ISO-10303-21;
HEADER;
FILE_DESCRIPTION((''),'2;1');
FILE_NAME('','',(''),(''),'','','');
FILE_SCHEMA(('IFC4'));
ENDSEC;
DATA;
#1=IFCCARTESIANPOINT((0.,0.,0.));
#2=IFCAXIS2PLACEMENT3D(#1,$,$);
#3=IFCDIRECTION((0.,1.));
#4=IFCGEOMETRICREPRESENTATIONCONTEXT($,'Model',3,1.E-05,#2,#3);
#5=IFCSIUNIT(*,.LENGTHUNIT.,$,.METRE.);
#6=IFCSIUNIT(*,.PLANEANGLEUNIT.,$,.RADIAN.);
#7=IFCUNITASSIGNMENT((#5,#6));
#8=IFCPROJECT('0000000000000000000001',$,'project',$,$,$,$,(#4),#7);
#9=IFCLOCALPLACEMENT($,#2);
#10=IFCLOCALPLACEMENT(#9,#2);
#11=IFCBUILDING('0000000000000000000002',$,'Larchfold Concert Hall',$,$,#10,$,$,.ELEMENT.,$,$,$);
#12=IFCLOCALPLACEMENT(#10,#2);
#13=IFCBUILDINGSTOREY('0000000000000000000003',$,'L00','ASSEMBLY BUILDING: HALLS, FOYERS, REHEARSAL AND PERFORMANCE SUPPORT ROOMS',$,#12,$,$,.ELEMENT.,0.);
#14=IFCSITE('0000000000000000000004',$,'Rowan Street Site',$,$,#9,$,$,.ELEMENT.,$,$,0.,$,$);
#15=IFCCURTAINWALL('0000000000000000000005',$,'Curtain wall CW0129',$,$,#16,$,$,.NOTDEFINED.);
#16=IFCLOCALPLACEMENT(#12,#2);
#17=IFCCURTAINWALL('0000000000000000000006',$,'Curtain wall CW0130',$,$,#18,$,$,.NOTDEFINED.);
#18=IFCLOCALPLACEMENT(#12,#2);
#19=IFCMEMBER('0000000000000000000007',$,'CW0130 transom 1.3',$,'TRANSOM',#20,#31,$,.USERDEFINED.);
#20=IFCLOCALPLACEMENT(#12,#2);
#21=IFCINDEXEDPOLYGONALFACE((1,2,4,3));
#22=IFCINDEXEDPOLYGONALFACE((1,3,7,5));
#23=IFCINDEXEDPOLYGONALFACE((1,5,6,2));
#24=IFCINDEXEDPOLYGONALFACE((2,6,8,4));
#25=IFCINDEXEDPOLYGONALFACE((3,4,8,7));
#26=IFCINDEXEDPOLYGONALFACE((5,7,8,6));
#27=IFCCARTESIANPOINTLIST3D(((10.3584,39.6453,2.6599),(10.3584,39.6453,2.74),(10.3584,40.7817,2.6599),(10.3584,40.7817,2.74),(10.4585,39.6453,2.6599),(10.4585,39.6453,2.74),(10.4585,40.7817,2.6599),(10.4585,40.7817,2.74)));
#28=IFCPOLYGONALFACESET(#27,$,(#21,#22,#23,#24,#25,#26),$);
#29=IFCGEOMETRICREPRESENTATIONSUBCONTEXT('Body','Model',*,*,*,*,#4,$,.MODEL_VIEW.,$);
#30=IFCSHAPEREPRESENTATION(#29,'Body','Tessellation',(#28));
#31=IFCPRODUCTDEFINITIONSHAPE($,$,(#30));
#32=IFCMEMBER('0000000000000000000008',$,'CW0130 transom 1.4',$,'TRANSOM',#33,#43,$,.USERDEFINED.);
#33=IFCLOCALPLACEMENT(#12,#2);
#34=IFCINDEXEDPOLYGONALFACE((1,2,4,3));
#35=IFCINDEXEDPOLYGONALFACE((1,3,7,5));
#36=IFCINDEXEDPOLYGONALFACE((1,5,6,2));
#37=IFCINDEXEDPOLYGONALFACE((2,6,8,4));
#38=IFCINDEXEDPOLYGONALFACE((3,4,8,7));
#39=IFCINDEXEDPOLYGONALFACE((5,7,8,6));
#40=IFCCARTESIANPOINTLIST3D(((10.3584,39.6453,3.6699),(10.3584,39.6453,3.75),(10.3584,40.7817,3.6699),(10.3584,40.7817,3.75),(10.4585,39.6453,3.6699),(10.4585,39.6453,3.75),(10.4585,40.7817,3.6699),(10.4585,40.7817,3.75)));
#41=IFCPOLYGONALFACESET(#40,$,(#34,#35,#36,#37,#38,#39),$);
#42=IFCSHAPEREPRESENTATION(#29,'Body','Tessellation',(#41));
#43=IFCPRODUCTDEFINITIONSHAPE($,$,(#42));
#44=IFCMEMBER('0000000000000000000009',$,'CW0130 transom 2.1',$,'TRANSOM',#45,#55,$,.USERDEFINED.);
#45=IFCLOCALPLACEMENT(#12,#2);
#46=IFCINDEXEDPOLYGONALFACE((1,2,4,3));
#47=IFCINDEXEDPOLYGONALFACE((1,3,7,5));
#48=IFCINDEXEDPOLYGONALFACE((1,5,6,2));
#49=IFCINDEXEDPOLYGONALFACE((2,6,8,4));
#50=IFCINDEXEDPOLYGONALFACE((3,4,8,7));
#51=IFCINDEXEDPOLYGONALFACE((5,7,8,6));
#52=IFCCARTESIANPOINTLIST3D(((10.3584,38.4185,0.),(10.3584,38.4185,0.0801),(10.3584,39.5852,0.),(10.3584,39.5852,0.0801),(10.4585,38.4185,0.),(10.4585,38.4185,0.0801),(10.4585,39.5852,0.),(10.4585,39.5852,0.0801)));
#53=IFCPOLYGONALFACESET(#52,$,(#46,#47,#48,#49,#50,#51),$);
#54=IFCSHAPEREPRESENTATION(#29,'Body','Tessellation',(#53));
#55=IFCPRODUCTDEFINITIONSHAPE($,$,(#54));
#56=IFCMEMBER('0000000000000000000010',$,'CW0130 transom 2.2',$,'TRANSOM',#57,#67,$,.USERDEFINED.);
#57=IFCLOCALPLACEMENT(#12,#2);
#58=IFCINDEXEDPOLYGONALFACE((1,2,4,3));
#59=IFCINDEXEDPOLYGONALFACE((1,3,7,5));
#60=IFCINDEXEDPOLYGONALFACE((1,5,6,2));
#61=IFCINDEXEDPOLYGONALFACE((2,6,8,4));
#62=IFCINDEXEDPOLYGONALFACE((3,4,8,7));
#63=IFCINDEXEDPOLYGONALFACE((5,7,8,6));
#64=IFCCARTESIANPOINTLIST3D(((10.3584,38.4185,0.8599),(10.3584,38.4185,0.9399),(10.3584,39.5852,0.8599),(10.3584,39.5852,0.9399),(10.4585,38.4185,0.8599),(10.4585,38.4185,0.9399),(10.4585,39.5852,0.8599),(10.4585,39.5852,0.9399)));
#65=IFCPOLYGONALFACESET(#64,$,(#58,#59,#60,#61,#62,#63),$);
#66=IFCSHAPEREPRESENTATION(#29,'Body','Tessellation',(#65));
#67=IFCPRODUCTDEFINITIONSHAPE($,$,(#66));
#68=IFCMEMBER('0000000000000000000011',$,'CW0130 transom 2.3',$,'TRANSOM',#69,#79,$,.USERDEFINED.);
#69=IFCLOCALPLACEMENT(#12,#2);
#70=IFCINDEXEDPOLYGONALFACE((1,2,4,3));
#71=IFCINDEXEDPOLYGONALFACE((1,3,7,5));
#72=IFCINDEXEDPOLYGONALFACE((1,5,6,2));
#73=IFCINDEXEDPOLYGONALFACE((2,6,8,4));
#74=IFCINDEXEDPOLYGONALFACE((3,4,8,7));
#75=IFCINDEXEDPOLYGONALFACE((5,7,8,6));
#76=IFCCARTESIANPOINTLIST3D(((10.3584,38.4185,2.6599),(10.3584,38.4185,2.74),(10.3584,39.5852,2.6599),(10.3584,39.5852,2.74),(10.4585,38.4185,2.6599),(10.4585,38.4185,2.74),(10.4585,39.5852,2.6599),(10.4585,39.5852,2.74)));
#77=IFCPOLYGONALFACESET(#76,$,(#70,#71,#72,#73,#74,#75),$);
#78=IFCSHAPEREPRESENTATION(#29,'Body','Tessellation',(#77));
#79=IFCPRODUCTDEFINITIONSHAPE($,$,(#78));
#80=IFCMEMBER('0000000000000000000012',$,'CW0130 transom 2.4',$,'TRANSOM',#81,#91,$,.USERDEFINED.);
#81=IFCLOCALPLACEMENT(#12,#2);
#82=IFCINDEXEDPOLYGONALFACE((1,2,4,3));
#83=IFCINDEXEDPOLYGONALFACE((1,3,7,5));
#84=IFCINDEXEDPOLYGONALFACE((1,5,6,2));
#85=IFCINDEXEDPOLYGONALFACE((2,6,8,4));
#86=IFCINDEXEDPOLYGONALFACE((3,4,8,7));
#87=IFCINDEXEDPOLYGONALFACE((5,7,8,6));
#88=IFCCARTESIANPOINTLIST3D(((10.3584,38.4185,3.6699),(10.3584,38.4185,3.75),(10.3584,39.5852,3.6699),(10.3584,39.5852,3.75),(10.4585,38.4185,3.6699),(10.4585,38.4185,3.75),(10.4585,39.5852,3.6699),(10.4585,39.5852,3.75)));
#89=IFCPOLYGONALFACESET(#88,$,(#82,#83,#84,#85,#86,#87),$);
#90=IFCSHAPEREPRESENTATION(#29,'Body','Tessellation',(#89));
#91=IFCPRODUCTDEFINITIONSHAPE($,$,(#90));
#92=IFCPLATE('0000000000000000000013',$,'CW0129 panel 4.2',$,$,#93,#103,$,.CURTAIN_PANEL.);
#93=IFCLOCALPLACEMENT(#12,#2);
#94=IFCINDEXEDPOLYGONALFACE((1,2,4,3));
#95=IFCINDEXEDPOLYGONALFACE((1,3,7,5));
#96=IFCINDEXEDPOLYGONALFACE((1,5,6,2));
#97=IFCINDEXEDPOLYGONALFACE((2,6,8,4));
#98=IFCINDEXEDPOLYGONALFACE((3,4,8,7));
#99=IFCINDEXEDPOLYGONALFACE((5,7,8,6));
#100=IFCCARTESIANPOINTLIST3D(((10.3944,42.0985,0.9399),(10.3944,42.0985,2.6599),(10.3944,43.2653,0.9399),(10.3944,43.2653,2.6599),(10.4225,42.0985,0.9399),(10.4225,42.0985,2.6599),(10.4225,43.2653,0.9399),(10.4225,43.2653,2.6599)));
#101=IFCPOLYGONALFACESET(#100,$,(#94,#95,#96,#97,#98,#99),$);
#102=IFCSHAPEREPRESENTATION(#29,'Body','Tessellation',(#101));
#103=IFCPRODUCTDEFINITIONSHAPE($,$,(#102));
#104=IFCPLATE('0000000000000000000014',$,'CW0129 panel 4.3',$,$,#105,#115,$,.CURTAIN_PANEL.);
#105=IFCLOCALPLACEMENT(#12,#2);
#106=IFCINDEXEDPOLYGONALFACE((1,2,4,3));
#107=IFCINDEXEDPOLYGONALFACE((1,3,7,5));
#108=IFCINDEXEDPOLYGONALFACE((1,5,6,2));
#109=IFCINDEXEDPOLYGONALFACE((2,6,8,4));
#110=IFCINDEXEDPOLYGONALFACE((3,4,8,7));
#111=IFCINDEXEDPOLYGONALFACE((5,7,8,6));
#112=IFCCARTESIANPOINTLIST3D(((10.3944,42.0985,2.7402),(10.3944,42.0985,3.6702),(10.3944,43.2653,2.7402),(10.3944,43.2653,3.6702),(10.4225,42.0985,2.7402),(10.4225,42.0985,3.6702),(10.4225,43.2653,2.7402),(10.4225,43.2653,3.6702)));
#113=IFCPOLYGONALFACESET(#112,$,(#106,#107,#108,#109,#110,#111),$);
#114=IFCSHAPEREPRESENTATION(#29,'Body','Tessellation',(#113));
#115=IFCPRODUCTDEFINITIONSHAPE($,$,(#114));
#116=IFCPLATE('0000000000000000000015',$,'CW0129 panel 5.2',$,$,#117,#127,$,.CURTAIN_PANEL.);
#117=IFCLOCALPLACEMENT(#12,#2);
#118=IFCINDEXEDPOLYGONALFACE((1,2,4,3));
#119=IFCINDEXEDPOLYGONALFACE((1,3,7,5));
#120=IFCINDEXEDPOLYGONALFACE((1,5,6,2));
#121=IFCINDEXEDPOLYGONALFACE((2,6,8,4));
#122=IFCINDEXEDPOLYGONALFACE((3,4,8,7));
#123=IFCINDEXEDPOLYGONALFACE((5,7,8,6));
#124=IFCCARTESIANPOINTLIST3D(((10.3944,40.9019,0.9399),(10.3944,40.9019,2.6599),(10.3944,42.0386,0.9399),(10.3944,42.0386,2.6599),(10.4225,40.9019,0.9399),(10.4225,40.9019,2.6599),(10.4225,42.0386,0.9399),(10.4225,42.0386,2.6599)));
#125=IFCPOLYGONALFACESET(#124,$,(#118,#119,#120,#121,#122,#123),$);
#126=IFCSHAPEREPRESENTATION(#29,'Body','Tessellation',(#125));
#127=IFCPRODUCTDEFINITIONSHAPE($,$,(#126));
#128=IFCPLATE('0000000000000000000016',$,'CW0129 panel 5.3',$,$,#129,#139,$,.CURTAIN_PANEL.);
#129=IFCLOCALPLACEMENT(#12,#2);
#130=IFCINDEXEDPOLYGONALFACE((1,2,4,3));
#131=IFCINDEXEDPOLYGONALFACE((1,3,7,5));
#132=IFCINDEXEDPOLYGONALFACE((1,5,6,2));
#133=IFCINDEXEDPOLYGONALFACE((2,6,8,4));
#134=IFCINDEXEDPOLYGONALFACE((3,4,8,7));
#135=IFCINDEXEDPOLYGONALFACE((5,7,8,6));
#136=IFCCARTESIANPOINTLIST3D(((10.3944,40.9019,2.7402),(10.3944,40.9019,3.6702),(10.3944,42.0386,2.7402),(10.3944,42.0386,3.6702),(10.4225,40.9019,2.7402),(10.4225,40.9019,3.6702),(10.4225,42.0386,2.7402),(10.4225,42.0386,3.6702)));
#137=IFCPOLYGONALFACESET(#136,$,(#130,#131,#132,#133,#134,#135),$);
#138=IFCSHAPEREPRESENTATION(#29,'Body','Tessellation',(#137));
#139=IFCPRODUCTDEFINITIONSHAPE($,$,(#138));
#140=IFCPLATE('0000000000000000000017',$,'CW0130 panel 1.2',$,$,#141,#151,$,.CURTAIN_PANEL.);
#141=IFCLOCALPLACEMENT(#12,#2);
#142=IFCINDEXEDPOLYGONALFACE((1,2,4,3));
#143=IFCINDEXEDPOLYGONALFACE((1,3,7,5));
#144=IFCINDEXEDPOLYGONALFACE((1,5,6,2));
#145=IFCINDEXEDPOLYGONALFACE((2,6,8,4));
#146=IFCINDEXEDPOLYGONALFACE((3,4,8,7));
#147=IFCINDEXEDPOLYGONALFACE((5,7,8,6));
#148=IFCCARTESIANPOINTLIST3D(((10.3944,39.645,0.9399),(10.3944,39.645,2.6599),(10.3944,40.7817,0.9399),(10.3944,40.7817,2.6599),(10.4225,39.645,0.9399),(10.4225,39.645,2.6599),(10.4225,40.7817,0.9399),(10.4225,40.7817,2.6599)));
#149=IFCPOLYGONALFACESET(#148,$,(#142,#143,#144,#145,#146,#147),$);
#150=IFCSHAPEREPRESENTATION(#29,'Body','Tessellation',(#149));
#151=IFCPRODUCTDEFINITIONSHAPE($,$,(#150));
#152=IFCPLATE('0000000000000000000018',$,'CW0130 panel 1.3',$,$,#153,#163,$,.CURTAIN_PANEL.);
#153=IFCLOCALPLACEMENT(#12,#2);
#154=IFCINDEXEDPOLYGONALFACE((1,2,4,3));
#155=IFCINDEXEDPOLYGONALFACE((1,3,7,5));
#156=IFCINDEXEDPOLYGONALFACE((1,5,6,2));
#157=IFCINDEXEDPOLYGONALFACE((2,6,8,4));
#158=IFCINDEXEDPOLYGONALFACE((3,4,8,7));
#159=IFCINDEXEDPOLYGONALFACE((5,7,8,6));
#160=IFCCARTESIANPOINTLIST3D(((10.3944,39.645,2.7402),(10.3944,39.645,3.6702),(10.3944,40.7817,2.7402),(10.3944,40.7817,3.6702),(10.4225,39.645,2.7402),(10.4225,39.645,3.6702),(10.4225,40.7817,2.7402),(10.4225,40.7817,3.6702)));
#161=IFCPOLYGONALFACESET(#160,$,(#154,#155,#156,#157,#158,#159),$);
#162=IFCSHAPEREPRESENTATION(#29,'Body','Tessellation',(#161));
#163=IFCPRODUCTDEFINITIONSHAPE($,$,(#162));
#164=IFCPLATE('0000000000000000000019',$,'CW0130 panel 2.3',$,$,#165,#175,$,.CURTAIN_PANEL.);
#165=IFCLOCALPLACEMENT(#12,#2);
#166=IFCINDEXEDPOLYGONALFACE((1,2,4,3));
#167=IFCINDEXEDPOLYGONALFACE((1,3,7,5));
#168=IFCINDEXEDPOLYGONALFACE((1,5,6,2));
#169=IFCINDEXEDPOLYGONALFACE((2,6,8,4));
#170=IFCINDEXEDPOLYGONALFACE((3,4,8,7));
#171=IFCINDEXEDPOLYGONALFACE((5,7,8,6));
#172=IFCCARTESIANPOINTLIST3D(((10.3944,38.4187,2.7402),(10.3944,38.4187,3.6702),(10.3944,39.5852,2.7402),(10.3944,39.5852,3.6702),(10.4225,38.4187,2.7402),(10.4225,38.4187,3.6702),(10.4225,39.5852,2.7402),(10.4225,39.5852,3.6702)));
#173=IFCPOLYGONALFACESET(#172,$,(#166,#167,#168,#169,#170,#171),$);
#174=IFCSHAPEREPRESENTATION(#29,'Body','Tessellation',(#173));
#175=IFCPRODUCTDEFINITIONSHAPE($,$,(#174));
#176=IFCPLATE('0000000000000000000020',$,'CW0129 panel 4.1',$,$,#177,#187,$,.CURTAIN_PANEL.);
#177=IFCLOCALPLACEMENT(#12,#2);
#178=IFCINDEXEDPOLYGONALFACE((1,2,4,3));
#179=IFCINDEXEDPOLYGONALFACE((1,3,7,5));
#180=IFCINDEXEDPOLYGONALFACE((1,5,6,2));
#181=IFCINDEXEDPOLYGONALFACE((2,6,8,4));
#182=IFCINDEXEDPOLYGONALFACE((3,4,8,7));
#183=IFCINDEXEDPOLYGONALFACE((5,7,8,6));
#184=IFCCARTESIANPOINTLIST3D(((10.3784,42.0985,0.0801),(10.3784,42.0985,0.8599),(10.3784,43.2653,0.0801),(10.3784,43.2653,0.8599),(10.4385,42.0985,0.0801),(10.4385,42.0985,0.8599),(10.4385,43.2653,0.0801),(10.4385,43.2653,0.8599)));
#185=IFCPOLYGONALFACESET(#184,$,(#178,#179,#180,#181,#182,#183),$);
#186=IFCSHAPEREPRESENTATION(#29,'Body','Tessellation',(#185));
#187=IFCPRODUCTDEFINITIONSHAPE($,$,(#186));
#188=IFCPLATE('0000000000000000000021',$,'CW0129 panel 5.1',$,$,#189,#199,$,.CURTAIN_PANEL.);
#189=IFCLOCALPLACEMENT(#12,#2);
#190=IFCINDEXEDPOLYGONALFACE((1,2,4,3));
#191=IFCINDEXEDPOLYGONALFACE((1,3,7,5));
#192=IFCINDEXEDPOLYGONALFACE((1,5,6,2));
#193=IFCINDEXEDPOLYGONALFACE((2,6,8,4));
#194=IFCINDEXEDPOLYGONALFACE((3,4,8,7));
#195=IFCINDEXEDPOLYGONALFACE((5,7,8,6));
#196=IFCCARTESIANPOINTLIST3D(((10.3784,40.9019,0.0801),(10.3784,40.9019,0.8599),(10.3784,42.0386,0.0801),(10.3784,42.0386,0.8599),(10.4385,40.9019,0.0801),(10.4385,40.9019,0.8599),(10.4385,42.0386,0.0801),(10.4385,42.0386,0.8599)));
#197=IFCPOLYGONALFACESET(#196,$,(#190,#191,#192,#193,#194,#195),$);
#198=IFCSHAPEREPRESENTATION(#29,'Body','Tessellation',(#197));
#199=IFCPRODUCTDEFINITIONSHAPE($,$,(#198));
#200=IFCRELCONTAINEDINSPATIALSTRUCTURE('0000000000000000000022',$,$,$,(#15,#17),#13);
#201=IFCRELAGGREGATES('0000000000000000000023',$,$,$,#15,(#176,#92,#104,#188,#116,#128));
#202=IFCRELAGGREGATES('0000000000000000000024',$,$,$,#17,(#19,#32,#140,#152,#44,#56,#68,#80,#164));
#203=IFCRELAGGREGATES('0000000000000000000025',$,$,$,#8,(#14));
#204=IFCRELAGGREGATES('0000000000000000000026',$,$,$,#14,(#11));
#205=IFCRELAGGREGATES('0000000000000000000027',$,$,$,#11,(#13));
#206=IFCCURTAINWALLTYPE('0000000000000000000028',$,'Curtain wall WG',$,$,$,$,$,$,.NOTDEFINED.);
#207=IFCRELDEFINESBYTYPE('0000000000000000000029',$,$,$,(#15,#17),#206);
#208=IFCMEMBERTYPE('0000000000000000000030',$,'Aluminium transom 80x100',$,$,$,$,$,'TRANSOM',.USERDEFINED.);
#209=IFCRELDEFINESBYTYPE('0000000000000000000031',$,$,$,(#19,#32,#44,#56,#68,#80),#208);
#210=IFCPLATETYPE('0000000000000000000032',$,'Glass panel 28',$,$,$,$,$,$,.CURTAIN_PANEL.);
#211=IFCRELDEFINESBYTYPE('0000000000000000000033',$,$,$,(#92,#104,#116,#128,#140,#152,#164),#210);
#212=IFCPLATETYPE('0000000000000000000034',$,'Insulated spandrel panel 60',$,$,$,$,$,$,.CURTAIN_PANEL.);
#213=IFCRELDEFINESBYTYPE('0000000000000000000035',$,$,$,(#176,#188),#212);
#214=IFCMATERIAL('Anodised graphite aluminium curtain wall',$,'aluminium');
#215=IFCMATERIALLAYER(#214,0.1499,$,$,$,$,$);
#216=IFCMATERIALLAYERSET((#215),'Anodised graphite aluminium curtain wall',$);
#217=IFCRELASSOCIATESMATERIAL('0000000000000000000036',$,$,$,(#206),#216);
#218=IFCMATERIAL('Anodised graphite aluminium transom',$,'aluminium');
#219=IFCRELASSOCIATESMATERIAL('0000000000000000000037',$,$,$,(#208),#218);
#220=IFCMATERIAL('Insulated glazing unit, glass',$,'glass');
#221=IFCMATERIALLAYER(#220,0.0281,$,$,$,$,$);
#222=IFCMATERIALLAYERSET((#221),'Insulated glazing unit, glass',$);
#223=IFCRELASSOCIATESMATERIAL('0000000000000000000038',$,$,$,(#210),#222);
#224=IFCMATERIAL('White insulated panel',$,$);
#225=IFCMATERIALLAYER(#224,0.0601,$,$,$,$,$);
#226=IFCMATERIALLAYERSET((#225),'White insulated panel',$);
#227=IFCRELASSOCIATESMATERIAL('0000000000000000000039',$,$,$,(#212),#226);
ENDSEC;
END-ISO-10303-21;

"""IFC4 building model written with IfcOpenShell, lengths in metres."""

from ifc_helpers import new_model, si_unit, direction, frame, origin, origin_2d, place, context, subcontext, project, spatial, rectangle, extrude, material, layer, layer_set, material_profile, profile_set, type_object, element, aggregate, save


model = new_model("IFC4")

# Units and contexts
model_context = context("Model", 3, precision=1e-05, world=origin(), true_north=direction((0.0, 1.0)))
body_context = subcontext(model_context, "Body", "Model", "MODEL_VIEW")
ifc_project = project(units=[si_unit("LENGTHUNIT", "METRE"), si_unit("PLANEANGLEUNIT", "RADIAN")], contexts=[model_context])

# Site, building, storey
site_placement = place(None, origin())
site = spatial("IfcSite", under=ifc_project, at=site_placement, Name="Rowan Street Site", CompositionType="ELEMENT", RefElevation=0.0)
building_placement = place(site_placement, origin())
building = spatial("IfcBuilding", under=site, at=building_placement, Name="Larchfold Concert Hall", CompositionType="ELEMENT")
storey_placement = place(building_placement, origin())
storey = spatial("IfcBuildingStorey", under=building, at=storey_placement, Name="L00", Description="ASSEMBLY BUILDING: HALLS, FOYERS, REHEARSAL AND PERFORMANCE SUPPORT ROOMS", CompositionType="ELEMENT", Elevation=0.0)

# Curtain walls
ifc_material_1 = material(Name="Anodised graphite aluminium curtain wall", Category="aluminium")
ifc_layer_1 = layer(ifc_material_1, 0.1499)
ifc_layer_set_1 = layer_set([ifc_layer_1], Name="Anodised graphite aluminium curtain wall")
curtain_wall_type = type_object("IfcCurtainWallType", Name="Curtain wall WG", PredefinedType="NOTDEFINED", material=ifc_layer_set_1)
curtain_wall_1_placement = place(storey_placement, origin())
curtain_wall_1 = element("IfcCurtainWall", 1, at=curtain_wall_1_placement, inside=storey, type_object=curtain_wall_type, Name="Curtain wall CW0129", PredefinedType="NOTDEFINED")
curtain_wall_2_placement = place(storey_placement, origin())
curtain_wall_2 = element("IfcCurtainWall", 2, at=curtain_wall_2_placement, inside=storey, type_object=curtain_wall_type, Name="Curtain wall CW0130", PredefinedType="NOTDEFINED")

# Members
ifc_material_2 = material(Name="Anodised graphite aluminium transom", Category="aluminium")
ifc_material_profile_1 = material_profile(ifc_material_2, rectangle(XDim=0.1001, YDim=0.0801, at=origin_2d()))
ifc_profile_set_1 = profile_set([ifc_material_profile_1], Name="Anodised graphite aluminium transom")
member_type_1 = type_object("IfcMemberType", Name="Aluminium transom 80x100", ElementType="TRANSOM", PredefinedType="USERDEFINED", material=ifc_profile_set_1)
member_1_placement = place(storey_placement, frame((10.4084, 40.7817, 2.7), z_axis=(0.0, -1.0, 0.0), x_axis=(1.0, 0.0, 0.0)))
member_1 = element("IfcMember", 3, at=member_1_placement, type_object=member_type_1, Name="CW0130 transom 1.3", ObjectType="TRANSOM", PredefinedType="USERDEFINED", context=body_context, shape_type="SweptSolid", body=[
    extrude(rectangle(XDim=0.1001, YDim=0.0801, at=origin_2d()), origin(), (0.0, 0.0, 1.0), 1.1365),
])
member_2_placement = place(storey_placement, frame((10.4084, 40.7817, 3.71), z_axis=(0.0, -1.0, 0.0), x_axis=(1.0, 0.0, 0.0)))
member_2 = element("IfcMember", 4, at=member_2_placement, type_object=member_type_1, Name="CW0130 transom 1.4", ObjectType="TRANSOM", PredefinedType="USERDEFINED", context=body_context, shape_type="SweptSolid", body=[
    extrude(rectangle(XDim=0.1001, YDim=0.0801, at=origin_2d()), origin(), (0.0, 0.0, 1.0), 1.1365),
])
member_3_placement = place(storey_placement, frame((10.4084, 39.5852, 0.04), z_axis=(0.0, -1.0, 0.0), x_axis=(1.0, 0.0, 0.0)))
member_3 = element("IfcMember", 5, at=member_3_placement, type_object=member_type_1, Name="CW0130 transom 2.1", ObjectType="TRANSOM", PredefinedType="USERDEFINED", context=body_context, shape_type="SweptSolid", body=[
    extrude(rectangle(XDim=0.1001, YDim=0.0801, at=origin_2d()), origin(), (0.0, 0.0, 1.0), 1.1667),
])
member_4_placement = place(storey_placement, frame((10.4084, 39.5852, 0.8999), z_axis=(0.0, -1.0, 0.0), x_axis=(1.0, 0.0, 0.0)))
member_4 = element("IfcMember", 6, at=member_4_placement, type_object=member_type_1, Name="CW0130 transom 2.2", ObjectType="TRANSOM", PredefinedType="USERDEFINED", context=body_context, shape_type="SweptSolid", body=[
    extrude(rectangle(XDim=0.1001, YDim=0.0801, at=origin_2d()), origin(), (0.0, 0.0, 1.0), 1.1667),
])
member_5_placement = place(storey_placement, frame((10.4084, 39.5852, 2.7), z_axis=(0.0, -1.0, 0.0), x_axis=(1.0, 0.0, 0.0)))
member_5 = element("IfcMember", 7, at=member_5_placement, type_object=member_type_1, Name="CW0130 transom 2.3", ObjectType="TRANSOM", PredefinedType="USERDEFINED", context=body_context, shape_type="SweptSolid", body=[
    extrude(rectangle(XDim=0.1001, YDim=0.0801, at=origin_2d()), origin(), (0.0, 0.0, 1.0), 1.1667),
])
member_6_placement = place(storey_placement, frame((10.4084, 39.5852, 3.71), z_axis=(0.0, -1.0, 0.0), x_axis=(1.0, 0.0, 0.0)))
member_6 = element("IfcMember", 8, at=member_6_placement, type_object=member_type_1, Name="CW0130 transom 2.4", ObjectType="TRANSOM", PredefinedType="USERDEFINED", context=body_context, shape_type="SweptSolid", body=[
    extrude(rectangle(XDim=0.1001, YDim=0.0801, at=origin_2d()), origin(), (0.0, 0.0, 1.0), 1.1667),
])

# Plates
ifc_material_3 = material(Name="Insulated glazing unit, glass", Category="glass")
ifc_layer_2 = layer(ifc_material_3, 0.0281)
ifc_layer_set_2 = layer_set([ifc_layer_2], Name="Insulated glazing unit, glass")
plate_type_1 = type_object("IfcPlateType", Name="Glass panel 28", PredefinedType="CURTAIN_PANEL", material=ifc_layer_set_2)
plate_1_placement = place(storey_placement, frame((10.4084, 42.6819, 0.9399), z_axis=(0.0, 0.0, 1.0), x_axis=(0.0, -1.0, 0.0)))
plate_1 = element("IfcPlate", 9, at=plate_1_placement, type_object=plate_type_1, Name="CW0129 panel 4.2", PredefinedType="CURTAIN_PANEL", context=body_context, shape_type="SweptSolid", body=[
    extrude(rectangle(XDim=1.1667, YDim=0.0281, at=origin_2d()), origin(), (0.0, 0.0, 1.0), 1.72),
])
plate_2_placement = place(storey_placement, frame((10.4084, 42.6819, 2.7402), z_axis=(0.0, 0.0, 1.0), x_axis=(0.0, -1.0, 0.0)))
plate_2 = element("IfcPlate", 10, at=plate_2_placement, type_object=plate_type_1, Name="CW0129 panel 4.3", PredefinedType="CURTAIN_PANEL", context=body_context, shape_type="SweptSolid", body=[
    extrude(rectangle(XDim=1.1667, YDim=0.0281, at=origin_2d()), origin(), (0.0, 0.0, 1.0), 0.9299),
])
plate_3_placement = place(storey_placement, frame((10.4084, 41.4702, 0.9399), z_axis=(0.0, 0.0, 1.0), x_axis=(0.0, -1.0, 0.0)))
plate_3 = element("IfcPlate", 11, at=plate_3_placement, type_object=plate_type_1, Name="CW0129 panel 5.2", PredefinedType="CURTAIN_PANEL", context=body_context, shape_type="SweptSolid", body=[
    extrude(rectangle(XDim=1.1367, YDim=0.0281, at=origin_2d()), origin(), (0.0, 0.0, 1.0), 1.72),
])
plate_4_placement = place(storey_placement, frame((10.4084, 41.4702, 2.7402), z_axis=(0.0, 0.0, 1.0), x_axis=(0.0, -1.0, 0.0)))
plate_4 = element("IfcPlate", 12, at=plate_4_placement, type_object=plate_type_1, Name="CW0129 panel 5.3", PredefinedType="CURTAIN_PANEL", context=body_context, shape_type="SweptSolid", body=[
    extrude(rectangle(XDim=1.1367, YDim=0.0281, at=origin_2d()), origin(), (0.0, 0.0, 1.0), 0.9299),
])
plate_5_placement = place(storey_placement, frame((10.4084, 40.2134, 0.9399), z_axis=(0.0, 0.0, 1.0), x_axis=(0.0, -1.0, 0.0)))
plate_5 = element("IfcPlate", 13, at=plate_5_placement, type_object=plate_type_1, Name="CW0130 panel 1.2", PredefinedType="CURTAIN_PANEL", context=body_context, shape_type="SweptSolid", body=[
    extrude(rectangle(XDim=1.1367, YDim=0.0281, at=origin_2d()), origin(), (0.0, 0.0, 1.0), 1.72),
])
plate_6_placement = place(storey_placement, frame((10.4084, 40.2134, 2.7402), z_axis=(0.0, 0.0, 1.0), x_axis=(0.0, -1.0, 0.0)))
plate_6 = element("IfcPlate", 14, at=plate_6_placement, type_object=plate_type_1, Name="CW0130 panel 1.3", PredefinedType="CURTAIN_PANEL", context=body_context, shape_type="SweptSolid", body=[
    extrude(rectangle(XDim=1.1367, YDim=0.0281, at=origin_2d()), origin(), (0.0, 0.0, 1.0), 0.9299),
])
plate_7_placement = place(storey_placement, frame((10.4084, 39.002, 2.7402), z_axis=(0.0, 0.0, 1.0), x_axis=(0.0, -1.0, 0.0)))
plate_7 = element("IfcPlate", 15, at=plate_7_placement, type_object=plate_type_1, Name="CW0130 panel 2.3", PredefinedType="CURTAIN_PANEL", context=body_context, shape_type="SweptSolid", body=[
    extrude(rectangle(XDim=1.1665, YDim=0.0281, at=origin_2d()), origin(), (0.0, 0.0, 1.0), 0.9299),
])
ifc_material_4 = material(Name="White insulated panel")
ifc_layer_3 = layer(ifc_material_4, 0.0601)
ifc_layer_set_3 = layer_set([ifc_layer_3], Name="White insulated panel")
plate_type_2 = type_object("IfcPlateType", Name="Insulated spandrel panel 60", PredefinedType="CURTAIN_PANEL", material=ifc_layer_set_3)
plate_8_placement = place(storey_placement, frame((10.4084, 42.6819, 0.0801), z_axis=(0.0, 0.0, 1.0), x_axis=(0.0, -1.0, 0.0)))
plate_8 = element("IfcPlate", 16, at=plate_8_placement, type_object=plate_type_2, Name="CW0129 panel 4.1", PredefinedType="CURTAIN_PANEL", context=body_context, shape_type="SweptSolid", body=[
    extrude(rectangle(XDim=1.1667, YDim=0.0601, at=origin_2d()), origin(), (0.0, 0.0, 1.0), 0.7798),
])
plate_9_placement = place(storey_placement, frame((10.4084, 41.4702, 0.0801), z_axis=(0.0, 0.0, 1.0), x_axis=(0.0, -1.0, 0.0)))
plate_9 = element("IfcPlate", 17, at=plate_9_placement, type_object=plate_type_2, Name="CW0129 panel 5.1", PredefinedType="CURTAIN_PANEL", context=body_context, shape_type="SweptSolid", body=[
    extrude(rectangle(XDim=1.1367, YDim=0.0601, at=origin_2d()), origin(), (0.0, 0.0, 1.0), 0.7798),
])
aggregate(curtain_wall_1, [plate_8, plate_1, plate_2, plate_9, plate_3, plate_4])
aggregate(curtain_wall_2, [member_1, member_2, plate_5, plate_6, member_3, member_4, member_5, member_6, plate_7])

save(model, "model.ifc")
